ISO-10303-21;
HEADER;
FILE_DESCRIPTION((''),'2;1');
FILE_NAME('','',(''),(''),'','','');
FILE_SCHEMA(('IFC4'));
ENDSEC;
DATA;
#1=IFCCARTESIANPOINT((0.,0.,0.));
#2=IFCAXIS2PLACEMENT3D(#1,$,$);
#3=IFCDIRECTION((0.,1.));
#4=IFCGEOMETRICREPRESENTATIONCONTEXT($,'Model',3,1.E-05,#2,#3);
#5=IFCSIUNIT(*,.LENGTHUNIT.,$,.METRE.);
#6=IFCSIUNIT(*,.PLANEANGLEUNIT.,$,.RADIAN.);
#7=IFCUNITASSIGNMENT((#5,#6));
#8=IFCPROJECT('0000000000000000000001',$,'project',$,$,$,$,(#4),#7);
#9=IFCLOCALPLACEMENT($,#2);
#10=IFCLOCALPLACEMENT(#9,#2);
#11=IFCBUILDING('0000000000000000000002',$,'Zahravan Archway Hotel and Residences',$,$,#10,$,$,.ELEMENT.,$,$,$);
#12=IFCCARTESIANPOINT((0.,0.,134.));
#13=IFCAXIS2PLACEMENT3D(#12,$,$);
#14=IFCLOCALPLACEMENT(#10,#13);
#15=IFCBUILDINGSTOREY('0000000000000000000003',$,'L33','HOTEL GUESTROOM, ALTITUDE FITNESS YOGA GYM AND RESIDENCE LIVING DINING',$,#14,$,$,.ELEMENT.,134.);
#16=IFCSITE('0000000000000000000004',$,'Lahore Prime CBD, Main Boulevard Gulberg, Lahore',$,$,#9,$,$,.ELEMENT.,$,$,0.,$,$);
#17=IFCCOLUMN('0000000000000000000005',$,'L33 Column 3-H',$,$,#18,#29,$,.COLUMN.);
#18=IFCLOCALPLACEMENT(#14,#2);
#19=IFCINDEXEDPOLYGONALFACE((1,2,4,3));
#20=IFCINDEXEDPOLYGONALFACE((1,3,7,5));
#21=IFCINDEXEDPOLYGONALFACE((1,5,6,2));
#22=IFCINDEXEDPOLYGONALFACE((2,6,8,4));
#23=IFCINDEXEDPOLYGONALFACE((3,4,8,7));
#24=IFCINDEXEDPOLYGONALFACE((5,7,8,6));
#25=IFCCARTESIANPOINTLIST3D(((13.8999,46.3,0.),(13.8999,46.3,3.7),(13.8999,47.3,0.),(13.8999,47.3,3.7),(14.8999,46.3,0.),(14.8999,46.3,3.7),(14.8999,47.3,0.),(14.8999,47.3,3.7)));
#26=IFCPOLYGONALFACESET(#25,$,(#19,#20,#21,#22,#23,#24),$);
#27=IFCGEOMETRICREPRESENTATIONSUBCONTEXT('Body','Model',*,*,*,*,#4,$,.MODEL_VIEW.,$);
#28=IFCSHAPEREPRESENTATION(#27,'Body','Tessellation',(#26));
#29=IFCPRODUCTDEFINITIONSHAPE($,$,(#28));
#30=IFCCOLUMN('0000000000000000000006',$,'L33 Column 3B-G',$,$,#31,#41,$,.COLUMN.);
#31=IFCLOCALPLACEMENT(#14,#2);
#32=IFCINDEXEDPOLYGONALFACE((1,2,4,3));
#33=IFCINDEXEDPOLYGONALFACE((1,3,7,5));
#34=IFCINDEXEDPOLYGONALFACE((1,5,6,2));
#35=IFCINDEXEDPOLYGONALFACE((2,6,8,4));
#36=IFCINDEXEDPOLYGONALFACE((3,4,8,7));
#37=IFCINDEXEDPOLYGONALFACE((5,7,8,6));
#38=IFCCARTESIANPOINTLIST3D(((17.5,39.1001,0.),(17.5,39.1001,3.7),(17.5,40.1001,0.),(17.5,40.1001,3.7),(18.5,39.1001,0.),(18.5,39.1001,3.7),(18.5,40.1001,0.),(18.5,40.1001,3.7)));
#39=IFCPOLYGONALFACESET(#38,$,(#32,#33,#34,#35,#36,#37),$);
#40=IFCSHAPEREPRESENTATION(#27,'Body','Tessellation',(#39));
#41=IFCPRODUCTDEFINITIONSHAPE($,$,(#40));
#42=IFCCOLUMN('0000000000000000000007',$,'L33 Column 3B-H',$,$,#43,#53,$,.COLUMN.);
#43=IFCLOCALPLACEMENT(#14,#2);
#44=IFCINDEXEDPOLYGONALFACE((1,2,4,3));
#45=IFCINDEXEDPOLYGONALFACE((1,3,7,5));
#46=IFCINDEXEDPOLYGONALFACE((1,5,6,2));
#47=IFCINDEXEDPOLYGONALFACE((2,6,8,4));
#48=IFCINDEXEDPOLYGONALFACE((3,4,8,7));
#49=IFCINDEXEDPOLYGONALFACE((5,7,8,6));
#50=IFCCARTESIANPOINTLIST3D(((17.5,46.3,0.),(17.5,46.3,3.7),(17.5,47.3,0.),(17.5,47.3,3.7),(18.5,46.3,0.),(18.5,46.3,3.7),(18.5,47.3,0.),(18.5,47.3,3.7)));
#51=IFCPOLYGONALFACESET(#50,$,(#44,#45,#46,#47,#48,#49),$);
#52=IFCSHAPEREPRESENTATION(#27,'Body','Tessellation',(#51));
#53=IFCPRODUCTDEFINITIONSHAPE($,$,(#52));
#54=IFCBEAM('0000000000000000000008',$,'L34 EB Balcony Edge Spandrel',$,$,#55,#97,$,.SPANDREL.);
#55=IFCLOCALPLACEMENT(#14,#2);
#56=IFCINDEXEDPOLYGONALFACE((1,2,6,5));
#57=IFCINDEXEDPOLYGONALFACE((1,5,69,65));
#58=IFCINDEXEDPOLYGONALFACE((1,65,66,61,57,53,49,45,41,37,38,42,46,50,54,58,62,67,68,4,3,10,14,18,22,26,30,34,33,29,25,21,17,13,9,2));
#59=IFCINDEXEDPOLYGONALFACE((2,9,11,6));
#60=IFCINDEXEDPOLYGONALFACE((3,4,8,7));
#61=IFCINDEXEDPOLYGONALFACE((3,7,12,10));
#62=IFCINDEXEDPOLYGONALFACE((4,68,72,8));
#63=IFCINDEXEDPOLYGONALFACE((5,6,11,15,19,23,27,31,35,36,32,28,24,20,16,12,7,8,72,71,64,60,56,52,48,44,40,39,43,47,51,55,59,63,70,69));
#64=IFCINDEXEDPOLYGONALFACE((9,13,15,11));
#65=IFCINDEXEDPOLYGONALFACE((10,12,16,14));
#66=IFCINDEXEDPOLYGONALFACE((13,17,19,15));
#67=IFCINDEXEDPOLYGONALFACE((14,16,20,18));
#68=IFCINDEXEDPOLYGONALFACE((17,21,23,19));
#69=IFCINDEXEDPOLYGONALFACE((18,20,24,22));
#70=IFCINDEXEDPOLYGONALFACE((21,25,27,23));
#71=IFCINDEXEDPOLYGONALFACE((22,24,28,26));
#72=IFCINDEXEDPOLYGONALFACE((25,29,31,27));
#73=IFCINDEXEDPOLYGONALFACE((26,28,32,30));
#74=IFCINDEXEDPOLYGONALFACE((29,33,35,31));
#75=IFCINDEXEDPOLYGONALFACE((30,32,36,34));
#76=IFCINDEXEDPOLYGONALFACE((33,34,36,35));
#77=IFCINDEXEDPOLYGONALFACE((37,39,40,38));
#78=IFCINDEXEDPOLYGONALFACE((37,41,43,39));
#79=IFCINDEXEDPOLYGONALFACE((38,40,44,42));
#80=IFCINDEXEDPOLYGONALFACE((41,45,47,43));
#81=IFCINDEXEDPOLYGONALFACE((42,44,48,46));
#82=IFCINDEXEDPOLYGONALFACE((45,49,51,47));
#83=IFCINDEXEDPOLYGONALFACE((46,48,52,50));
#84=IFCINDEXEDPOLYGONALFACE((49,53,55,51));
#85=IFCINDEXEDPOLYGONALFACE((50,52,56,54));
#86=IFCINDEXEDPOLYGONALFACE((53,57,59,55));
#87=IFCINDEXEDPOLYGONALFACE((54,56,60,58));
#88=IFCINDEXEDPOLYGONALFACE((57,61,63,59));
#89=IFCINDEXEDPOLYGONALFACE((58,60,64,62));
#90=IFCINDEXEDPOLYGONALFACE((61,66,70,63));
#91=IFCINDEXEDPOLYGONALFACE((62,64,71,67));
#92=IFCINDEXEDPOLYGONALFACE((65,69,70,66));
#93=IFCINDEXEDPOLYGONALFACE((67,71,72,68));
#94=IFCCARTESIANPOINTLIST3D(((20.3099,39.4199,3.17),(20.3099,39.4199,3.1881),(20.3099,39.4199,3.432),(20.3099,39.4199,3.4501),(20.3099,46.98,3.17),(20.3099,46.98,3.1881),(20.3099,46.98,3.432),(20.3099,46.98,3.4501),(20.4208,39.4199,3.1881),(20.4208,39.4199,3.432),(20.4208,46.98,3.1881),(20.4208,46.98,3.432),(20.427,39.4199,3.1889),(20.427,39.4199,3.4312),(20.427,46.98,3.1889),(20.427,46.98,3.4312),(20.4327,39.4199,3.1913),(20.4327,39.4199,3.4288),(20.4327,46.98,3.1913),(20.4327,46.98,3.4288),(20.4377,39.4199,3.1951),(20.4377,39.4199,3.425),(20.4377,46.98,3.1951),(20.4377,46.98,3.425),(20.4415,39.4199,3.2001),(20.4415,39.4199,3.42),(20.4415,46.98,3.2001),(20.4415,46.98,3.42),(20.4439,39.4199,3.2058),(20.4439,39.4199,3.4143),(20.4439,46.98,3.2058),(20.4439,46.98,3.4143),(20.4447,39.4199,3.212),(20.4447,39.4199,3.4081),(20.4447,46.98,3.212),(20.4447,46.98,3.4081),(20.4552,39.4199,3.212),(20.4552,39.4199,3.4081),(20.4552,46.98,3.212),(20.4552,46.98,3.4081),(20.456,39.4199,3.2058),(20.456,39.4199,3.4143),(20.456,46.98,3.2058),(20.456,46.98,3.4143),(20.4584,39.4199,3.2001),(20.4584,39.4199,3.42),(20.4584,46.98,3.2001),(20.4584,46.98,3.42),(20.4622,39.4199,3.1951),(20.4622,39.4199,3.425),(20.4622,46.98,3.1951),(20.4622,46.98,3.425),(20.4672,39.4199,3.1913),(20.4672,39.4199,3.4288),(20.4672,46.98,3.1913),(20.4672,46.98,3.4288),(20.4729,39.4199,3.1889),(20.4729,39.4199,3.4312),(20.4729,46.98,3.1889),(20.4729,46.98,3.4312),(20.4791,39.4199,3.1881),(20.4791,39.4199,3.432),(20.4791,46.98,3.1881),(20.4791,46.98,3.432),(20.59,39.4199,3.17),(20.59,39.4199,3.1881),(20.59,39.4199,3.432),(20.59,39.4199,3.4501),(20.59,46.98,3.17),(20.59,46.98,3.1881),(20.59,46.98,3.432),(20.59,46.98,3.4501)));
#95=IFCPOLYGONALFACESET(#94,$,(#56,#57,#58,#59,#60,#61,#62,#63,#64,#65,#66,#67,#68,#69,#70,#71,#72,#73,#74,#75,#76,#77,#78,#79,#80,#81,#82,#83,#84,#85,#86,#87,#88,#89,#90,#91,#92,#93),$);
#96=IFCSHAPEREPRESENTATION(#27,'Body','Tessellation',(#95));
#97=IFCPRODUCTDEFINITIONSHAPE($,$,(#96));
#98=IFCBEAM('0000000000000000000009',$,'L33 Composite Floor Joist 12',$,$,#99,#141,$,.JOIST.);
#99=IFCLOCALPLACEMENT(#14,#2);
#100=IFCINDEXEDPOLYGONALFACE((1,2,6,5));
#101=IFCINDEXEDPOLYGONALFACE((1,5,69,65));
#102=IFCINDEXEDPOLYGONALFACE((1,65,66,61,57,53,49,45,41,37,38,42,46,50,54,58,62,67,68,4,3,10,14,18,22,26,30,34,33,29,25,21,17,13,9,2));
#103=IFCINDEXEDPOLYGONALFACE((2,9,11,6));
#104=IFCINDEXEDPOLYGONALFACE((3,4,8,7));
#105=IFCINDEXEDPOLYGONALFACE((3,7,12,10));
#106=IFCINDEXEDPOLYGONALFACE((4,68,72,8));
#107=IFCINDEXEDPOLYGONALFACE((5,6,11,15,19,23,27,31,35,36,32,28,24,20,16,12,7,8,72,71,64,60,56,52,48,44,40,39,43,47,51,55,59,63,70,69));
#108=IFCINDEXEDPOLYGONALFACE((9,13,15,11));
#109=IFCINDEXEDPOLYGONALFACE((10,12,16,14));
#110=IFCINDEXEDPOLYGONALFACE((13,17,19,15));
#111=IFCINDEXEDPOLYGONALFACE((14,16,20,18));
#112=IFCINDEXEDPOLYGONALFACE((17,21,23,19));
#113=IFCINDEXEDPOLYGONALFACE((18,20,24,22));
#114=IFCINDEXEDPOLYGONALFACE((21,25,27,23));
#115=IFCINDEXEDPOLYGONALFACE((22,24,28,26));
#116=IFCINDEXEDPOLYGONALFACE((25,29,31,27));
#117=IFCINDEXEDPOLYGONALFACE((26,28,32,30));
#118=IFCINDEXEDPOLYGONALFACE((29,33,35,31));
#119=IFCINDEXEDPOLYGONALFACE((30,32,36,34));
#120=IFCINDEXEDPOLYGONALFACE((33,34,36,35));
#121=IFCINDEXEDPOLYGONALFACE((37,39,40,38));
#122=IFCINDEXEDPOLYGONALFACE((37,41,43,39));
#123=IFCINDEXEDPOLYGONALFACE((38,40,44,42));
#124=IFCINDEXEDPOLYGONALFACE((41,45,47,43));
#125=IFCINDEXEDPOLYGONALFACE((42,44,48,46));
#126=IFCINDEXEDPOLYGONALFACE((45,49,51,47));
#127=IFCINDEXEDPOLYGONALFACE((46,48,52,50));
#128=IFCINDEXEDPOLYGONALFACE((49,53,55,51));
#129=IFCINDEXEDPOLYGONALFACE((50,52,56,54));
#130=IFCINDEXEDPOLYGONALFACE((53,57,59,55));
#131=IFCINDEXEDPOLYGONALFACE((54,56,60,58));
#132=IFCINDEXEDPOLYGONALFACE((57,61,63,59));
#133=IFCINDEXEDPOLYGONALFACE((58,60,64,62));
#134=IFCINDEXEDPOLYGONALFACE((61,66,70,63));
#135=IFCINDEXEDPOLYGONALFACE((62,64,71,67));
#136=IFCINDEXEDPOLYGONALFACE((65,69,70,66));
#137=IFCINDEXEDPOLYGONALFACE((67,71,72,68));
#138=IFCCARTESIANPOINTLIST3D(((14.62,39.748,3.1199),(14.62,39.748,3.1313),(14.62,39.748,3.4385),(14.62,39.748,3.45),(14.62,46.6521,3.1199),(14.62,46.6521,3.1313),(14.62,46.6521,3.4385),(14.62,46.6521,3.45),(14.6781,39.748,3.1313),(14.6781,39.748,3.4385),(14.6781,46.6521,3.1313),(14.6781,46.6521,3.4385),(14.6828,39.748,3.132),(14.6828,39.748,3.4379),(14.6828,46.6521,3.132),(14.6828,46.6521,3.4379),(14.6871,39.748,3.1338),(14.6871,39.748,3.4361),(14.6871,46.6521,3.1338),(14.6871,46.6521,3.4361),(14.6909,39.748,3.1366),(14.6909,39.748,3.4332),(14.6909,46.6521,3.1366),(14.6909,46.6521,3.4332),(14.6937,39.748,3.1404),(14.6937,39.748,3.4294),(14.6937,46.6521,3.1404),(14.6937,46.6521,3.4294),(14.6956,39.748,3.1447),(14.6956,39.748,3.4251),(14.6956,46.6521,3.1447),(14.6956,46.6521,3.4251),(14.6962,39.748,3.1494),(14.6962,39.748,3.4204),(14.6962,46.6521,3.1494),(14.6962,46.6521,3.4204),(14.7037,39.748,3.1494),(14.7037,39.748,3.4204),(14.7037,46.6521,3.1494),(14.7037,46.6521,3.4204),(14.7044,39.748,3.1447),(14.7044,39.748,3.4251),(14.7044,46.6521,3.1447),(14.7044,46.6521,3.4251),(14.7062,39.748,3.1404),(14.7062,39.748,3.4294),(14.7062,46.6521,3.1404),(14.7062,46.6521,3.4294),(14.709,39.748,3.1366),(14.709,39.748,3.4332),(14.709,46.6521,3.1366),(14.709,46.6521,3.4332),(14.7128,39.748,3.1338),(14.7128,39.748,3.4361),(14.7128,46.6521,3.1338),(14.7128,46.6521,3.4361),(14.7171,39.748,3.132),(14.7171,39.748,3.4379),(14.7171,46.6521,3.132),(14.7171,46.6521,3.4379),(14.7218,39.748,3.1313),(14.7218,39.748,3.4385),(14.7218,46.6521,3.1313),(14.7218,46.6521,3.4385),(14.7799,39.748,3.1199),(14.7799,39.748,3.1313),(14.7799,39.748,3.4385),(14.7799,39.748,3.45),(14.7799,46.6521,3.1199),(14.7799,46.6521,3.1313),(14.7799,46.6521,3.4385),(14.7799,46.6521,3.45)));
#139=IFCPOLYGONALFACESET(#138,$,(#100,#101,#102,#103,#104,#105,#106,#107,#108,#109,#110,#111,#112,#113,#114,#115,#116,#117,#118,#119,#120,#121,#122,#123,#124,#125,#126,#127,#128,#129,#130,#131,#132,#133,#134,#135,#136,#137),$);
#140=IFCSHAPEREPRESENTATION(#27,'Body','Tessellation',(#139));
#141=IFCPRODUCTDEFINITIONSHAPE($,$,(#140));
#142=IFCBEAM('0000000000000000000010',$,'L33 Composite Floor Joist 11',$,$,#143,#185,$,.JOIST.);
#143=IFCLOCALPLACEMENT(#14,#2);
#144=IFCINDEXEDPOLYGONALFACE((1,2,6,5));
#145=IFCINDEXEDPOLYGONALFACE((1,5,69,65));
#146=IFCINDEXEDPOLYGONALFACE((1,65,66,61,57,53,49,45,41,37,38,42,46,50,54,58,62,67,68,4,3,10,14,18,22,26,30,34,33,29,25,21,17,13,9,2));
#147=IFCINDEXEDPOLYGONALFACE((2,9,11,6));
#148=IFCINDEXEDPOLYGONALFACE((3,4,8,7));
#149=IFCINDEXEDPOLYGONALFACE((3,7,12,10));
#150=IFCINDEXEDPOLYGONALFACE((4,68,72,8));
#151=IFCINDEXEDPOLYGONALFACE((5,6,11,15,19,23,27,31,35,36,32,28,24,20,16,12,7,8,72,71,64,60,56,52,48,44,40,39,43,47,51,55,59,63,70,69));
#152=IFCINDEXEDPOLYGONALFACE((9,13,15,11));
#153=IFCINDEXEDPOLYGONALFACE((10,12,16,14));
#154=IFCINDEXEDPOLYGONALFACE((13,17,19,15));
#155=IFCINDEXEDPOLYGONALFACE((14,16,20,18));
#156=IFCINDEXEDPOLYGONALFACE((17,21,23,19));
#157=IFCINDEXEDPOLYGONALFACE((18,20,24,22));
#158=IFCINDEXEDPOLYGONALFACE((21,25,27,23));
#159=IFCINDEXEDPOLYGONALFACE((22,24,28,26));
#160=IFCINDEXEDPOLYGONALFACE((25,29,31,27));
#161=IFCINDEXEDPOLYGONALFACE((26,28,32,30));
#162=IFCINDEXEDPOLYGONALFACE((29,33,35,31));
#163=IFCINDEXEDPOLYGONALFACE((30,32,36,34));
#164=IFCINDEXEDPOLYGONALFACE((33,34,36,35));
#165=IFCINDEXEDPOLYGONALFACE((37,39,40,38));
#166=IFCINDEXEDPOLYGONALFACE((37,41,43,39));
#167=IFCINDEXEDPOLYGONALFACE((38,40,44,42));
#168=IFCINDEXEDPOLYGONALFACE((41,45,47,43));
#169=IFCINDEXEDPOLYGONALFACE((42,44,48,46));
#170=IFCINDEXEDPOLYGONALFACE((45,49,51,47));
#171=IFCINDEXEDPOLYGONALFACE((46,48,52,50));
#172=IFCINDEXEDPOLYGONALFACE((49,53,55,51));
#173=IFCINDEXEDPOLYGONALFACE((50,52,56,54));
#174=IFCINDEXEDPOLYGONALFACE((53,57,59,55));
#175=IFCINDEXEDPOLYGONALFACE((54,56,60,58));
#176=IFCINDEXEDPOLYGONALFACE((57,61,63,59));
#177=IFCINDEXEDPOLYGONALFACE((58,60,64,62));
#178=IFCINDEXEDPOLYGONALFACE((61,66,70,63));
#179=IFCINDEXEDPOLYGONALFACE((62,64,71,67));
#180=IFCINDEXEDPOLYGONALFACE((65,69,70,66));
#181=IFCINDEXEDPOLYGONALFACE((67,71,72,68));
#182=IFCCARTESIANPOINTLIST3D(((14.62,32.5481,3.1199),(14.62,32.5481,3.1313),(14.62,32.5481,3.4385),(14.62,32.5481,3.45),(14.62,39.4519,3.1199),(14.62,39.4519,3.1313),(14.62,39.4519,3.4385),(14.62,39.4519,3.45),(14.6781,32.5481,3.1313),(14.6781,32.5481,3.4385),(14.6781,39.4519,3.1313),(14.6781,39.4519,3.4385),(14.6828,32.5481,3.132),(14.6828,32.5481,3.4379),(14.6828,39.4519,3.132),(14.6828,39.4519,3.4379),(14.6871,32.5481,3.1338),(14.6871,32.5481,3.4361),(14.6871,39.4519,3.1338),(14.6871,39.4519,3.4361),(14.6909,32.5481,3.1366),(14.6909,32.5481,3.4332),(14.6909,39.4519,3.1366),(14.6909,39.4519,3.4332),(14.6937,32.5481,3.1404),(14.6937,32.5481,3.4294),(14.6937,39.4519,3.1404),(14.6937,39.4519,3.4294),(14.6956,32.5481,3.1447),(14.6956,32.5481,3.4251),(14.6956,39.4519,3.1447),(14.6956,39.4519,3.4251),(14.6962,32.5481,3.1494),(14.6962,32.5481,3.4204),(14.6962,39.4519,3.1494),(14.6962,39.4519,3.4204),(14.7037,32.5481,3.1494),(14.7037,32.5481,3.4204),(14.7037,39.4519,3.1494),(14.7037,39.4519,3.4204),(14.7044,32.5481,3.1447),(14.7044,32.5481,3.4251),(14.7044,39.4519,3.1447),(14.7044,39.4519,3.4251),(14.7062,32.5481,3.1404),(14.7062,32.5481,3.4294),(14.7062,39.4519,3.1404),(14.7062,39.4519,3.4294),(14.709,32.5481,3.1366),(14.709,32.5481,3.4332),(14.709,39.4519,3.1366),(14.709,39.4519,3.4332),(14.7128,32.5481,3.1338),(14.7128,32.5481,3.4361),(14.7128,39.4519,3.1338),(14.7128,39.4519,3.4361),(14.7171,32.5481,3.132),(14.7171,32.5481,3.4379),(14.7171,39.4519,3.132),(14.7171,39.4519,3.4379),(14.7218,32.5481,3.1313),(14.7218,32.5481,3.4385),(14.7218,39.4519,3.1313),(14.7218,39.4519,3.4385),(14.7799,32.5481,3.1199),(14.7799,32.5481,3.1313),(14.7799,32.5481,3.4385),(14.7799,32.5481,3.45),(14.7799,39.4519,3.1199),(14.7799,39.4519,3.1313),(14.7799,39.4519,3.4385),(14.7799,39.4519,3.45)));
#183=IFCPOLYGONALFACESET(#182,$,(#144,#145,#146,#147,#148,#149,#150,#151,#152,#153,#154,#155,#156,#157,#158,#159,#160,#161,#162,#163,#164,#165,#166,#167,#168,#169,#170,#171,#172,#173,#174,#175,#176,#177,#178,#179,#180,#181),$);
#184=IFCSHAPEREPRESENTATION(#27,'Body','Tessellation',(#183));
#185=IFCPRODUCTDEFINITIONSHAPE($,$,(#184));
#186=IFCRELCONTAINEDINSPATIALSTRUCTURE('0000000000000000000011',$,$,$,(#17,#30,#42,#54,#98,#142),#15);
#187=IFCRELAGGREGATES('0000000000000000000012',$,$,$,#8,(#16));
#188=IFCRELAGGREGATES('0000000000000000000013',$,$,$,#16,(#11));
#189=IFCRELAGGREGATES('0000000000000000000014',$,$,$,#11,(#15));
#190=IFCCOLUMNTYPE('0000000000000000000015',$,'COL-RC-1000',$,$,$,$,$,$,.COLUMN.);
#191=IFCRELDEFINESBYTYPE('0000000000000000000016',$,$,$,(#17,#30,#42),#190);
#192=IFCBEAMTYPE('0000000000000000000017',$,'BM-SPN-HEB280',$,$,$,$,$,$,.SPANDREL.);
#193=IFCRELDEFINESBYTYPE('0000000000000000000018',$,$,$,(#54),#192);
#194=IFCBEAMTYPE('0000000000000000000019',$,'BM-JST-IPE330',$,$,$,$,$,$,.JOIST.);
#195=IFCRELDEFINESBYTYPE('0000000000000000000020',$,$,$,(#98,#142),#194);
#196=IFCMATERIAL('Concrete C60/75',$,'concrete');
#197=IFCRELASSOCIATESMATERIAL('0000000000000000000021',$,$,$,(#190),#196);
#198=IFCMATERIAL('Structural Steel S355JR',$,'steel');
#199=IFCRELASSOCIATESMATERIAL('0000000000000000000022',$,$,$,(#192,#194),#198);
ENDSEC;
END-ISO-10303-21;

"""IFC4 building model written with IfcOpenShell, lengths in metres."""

from ifc_helpers import new_model, si_unit, direction, frame, origin, origin_2d, place, context, subcontext, project, spatial, rectangle, i_section, extrude, source, transform, mapped, material, material_profile, profile_set, type_object, type_shapes, element, save


model = new_model("IFC4")

# Units and contexts
model_context = context("Model", 3, precision=1e-05, world=origin(), true_north=direction((0.0, 1.0)))
body_context = subcontext(model_context, "Body", "Model", "MODEL_VIEW")
ifc_project = project(units=[si_unit("LENGTHUNIT", "METRE"), si_unit("PLANEANGLEUNIT", "RADIAN")], contexts=[model_context])

# Site, building, storey
site_placement = place(None, origin())
site = spatial("IfcSite", under=ifc_project, at=site_placement, Name="Lahore Prime CBD, Main Boulevard Gulberg, Lahore", CompositionType="ELEMENT", RefElevation=0.0)
building_placement = place(site_placement, origin())
building = spatial("IfcBuilding", under=site, at=building_placement, Name="Zahravan Archway Hotel and Residences", CompositionType="ELEMENT")
storey_placement = place(building_placement, frame((0.0, 0.0, 134.0)))
storey = spatial("IfcBuildingStorey", under=building, at=storey_placement, Name="L33", Description="HOTEL GUESTROOM, ALTITUDE FITNESS YOGA GYM AND RESIDENCE LIVING DINING", CompositionType="ELEMENT", Elevation=134.0)

# Columns
ifc_material_1 = material(Name="Concrete C60/75", Category="concrete")
ifc_material_profile_1 = material_profile(ifc_material_1, rectangle(XDim=1.0, YDim=1.0, at=origin_2d()), Name="RC-COL-1000x1000", Category="concrete")
ifc_profile_set_1 = profile_set([ifc_material_profile_1], Name="Concrete C60/75")
column_type = type_object("IfcColumnType", Name="COL-RC-1000", PredefinedType="COLUMN", material=ifc_profile_set_1)
shared_shape_1 = source(origin(), body_context, "Body", "SweptSolid", [
    extrude(rectangle(XDim=1.0, YDim=1.0, at=origin_2d()), origin(), (0.0, 0.0, 1.0), 3.7),
])
type_shapes(column_type, [shared_shape_1])
for number, where, z_axis, x_axis, name in (
    (1, (14.3999, 46.8, 0.0), (0.0, 0.0, 1.0), (1.0, 0.0, 0.0), "L33 Column 3-H"),
    (2, (18.0, 39.6001, 0.0), (0.0, 0.0, 1.0), (1.0, 0.0, 0.0), "L33 Column 3B-G"),
    (3, (18.0, 46.8, 0.0), (0.0, 0.0, 1.0), (1.0, 0.0, 0.0), "L33 Column 3B-H"),
):
    element("IfcColumn", number, at=place(storey_placement, frame(where, z_axis=z_axis, x_axis=x_axis)), inside=storey, type_object=column_type, Name=name, PredefinedType="COLUMN", context=body_context, shape_type="MappedRepresentation", body=[
        mapped(shared_shape_1, transform((0.0, 0.0, 0.0), scale=1.0)),
    ])

# Beams
ifc_material_2 = material(Name="Structural Steel S355JR", Category="steel")
ifc_material_profile_2 = material_profile(ifc_material_2, i_section(OverallWidth=0.28, OverallDepth=0.28, WebThickness=0.0105, FlangeThickness=0.0181, FilletRadius=0.0239, at=origin_2d()), Name="HEB 280", Category="steel")
ifc_profile_set_2 = profile_set([ifc_material_profile_2], Name="Structural Steel S355JR")
beam_type_1 = type_object("IfcBeamType", Name="BM-SPN-HEB280", PredefinedType="SPANDREL", material=ifc_profile_set_2)
shared_shape_2 = source(origin(), body_context, "Body", "SweptSolid", [
    extrude(i_section(OverallWidth=0.28, OverallDepth=0.28, WebThickness=0.0105, FlangeThickness=0.0181, FilletRadius=0.0239, at=origin_2d()), origin(), (0.0, 0.0, 1.0), 7.5601),
])
type_shapes(beam_type_1, [shared_shape_2])
beam_1_placement = place(storey_placement, frame((20.45, 39.4199, 3.3101), z_axis=(0.0, 1.0, 0.0), x_axis=(-1.0, 0.0, 0.0)))
element("IfcBeam", 4, at=beam_1_placement, inside=storey, type_object=beam_type_1, Name="L34 EB Balcony Edge Spandrel", PredefinedType="SPANDREL", context=body_context, shape_type="MappedRepresentation", body=[
    mapped(shared_shape_2, transform((0.0, 0.0, 0.0), scale=1.0)),
])
ifc_material_profile_3 = material_profile(ifc_material_2, i_section(OverallWidth=0.1599, OverallDepth=0.3301, WebThickness=0.0076, FlangeThickness=0.0115, FilletRadius=0.0181, at=origin_2d()), Name="IPE 330", Category="steel")
ifc_profile_set_3 = profile_set([ifc_material_profile_3], Name="Structural Steel S355JR")
beam_type_2 = type_object("IfcBeamType", Name="BM-JST-IPE330", PredefinedType="JOIST", material=ifc_profile_set_3)
shared_shape_3 = source(origin(), body_context, "Body", "SweptSolid", [
    extrude(i_section(OverallWidth=0.1599, OverallDepth=0.3301, WebThickness=0.0076, FlangeThickness=0.0115, FilletRadius=0.0181, at=origin_2d()), origin(), (0.0, 0.0, 1.0), 6.9041),
])
type_shapes(beam_type_2, [shared_shape_3])
beam_2_placement = place(storey_placement, frame((14.7, 39.748, 3.2849), z_axis=(0.0, 1.0, 0.0), x_axis=(-1.0, 0.0, 0.0)))
element("IfcBeam", 5, at=beam_2_placement, inside=storey, type_object=beam_type_2, Name="L33 Composite Floor Joist 12", PredefinedType="JOIST", context=body_context, shape_type="MappedRepresentation", body=[
    mapped(shared_shape_3, transform((0.0, 0.0, 0.0), scale=1.0)),
])
shared_shape_4 = source(origin(), body_context, "Body", "SweptSolid", [
    extrude(i_section(OverallWidth=0.1599, OverallDepth=0.3301, WebThickness=0.0076, FlangeThickness=0.0115, FilletRadius=0.0181, at=origin_2d()), origin(), (0.0, 0.0, 1.0), 6.9038),
])
beam_3_placement = place(storey_placement, frame((14.7, 32.5481, 3.2849), z_axis=(0.0, 1.0, 0.0), x_axis=(-1.0, 0.0, 0.0)))
element("IfcBeam", 6, at=beam_3_placement, inside=storey, type_object=beam_type_2, Name="L33 Composite Floor Joist 11", PredefinedType="JOIST", context=body_context, shape_type="MappedRepresentation", body=[
    mapped(shared_shape_4, transform((0.0, 0.0, 0.0), scale=1.0)),
])

save(model, "model.ifc")
